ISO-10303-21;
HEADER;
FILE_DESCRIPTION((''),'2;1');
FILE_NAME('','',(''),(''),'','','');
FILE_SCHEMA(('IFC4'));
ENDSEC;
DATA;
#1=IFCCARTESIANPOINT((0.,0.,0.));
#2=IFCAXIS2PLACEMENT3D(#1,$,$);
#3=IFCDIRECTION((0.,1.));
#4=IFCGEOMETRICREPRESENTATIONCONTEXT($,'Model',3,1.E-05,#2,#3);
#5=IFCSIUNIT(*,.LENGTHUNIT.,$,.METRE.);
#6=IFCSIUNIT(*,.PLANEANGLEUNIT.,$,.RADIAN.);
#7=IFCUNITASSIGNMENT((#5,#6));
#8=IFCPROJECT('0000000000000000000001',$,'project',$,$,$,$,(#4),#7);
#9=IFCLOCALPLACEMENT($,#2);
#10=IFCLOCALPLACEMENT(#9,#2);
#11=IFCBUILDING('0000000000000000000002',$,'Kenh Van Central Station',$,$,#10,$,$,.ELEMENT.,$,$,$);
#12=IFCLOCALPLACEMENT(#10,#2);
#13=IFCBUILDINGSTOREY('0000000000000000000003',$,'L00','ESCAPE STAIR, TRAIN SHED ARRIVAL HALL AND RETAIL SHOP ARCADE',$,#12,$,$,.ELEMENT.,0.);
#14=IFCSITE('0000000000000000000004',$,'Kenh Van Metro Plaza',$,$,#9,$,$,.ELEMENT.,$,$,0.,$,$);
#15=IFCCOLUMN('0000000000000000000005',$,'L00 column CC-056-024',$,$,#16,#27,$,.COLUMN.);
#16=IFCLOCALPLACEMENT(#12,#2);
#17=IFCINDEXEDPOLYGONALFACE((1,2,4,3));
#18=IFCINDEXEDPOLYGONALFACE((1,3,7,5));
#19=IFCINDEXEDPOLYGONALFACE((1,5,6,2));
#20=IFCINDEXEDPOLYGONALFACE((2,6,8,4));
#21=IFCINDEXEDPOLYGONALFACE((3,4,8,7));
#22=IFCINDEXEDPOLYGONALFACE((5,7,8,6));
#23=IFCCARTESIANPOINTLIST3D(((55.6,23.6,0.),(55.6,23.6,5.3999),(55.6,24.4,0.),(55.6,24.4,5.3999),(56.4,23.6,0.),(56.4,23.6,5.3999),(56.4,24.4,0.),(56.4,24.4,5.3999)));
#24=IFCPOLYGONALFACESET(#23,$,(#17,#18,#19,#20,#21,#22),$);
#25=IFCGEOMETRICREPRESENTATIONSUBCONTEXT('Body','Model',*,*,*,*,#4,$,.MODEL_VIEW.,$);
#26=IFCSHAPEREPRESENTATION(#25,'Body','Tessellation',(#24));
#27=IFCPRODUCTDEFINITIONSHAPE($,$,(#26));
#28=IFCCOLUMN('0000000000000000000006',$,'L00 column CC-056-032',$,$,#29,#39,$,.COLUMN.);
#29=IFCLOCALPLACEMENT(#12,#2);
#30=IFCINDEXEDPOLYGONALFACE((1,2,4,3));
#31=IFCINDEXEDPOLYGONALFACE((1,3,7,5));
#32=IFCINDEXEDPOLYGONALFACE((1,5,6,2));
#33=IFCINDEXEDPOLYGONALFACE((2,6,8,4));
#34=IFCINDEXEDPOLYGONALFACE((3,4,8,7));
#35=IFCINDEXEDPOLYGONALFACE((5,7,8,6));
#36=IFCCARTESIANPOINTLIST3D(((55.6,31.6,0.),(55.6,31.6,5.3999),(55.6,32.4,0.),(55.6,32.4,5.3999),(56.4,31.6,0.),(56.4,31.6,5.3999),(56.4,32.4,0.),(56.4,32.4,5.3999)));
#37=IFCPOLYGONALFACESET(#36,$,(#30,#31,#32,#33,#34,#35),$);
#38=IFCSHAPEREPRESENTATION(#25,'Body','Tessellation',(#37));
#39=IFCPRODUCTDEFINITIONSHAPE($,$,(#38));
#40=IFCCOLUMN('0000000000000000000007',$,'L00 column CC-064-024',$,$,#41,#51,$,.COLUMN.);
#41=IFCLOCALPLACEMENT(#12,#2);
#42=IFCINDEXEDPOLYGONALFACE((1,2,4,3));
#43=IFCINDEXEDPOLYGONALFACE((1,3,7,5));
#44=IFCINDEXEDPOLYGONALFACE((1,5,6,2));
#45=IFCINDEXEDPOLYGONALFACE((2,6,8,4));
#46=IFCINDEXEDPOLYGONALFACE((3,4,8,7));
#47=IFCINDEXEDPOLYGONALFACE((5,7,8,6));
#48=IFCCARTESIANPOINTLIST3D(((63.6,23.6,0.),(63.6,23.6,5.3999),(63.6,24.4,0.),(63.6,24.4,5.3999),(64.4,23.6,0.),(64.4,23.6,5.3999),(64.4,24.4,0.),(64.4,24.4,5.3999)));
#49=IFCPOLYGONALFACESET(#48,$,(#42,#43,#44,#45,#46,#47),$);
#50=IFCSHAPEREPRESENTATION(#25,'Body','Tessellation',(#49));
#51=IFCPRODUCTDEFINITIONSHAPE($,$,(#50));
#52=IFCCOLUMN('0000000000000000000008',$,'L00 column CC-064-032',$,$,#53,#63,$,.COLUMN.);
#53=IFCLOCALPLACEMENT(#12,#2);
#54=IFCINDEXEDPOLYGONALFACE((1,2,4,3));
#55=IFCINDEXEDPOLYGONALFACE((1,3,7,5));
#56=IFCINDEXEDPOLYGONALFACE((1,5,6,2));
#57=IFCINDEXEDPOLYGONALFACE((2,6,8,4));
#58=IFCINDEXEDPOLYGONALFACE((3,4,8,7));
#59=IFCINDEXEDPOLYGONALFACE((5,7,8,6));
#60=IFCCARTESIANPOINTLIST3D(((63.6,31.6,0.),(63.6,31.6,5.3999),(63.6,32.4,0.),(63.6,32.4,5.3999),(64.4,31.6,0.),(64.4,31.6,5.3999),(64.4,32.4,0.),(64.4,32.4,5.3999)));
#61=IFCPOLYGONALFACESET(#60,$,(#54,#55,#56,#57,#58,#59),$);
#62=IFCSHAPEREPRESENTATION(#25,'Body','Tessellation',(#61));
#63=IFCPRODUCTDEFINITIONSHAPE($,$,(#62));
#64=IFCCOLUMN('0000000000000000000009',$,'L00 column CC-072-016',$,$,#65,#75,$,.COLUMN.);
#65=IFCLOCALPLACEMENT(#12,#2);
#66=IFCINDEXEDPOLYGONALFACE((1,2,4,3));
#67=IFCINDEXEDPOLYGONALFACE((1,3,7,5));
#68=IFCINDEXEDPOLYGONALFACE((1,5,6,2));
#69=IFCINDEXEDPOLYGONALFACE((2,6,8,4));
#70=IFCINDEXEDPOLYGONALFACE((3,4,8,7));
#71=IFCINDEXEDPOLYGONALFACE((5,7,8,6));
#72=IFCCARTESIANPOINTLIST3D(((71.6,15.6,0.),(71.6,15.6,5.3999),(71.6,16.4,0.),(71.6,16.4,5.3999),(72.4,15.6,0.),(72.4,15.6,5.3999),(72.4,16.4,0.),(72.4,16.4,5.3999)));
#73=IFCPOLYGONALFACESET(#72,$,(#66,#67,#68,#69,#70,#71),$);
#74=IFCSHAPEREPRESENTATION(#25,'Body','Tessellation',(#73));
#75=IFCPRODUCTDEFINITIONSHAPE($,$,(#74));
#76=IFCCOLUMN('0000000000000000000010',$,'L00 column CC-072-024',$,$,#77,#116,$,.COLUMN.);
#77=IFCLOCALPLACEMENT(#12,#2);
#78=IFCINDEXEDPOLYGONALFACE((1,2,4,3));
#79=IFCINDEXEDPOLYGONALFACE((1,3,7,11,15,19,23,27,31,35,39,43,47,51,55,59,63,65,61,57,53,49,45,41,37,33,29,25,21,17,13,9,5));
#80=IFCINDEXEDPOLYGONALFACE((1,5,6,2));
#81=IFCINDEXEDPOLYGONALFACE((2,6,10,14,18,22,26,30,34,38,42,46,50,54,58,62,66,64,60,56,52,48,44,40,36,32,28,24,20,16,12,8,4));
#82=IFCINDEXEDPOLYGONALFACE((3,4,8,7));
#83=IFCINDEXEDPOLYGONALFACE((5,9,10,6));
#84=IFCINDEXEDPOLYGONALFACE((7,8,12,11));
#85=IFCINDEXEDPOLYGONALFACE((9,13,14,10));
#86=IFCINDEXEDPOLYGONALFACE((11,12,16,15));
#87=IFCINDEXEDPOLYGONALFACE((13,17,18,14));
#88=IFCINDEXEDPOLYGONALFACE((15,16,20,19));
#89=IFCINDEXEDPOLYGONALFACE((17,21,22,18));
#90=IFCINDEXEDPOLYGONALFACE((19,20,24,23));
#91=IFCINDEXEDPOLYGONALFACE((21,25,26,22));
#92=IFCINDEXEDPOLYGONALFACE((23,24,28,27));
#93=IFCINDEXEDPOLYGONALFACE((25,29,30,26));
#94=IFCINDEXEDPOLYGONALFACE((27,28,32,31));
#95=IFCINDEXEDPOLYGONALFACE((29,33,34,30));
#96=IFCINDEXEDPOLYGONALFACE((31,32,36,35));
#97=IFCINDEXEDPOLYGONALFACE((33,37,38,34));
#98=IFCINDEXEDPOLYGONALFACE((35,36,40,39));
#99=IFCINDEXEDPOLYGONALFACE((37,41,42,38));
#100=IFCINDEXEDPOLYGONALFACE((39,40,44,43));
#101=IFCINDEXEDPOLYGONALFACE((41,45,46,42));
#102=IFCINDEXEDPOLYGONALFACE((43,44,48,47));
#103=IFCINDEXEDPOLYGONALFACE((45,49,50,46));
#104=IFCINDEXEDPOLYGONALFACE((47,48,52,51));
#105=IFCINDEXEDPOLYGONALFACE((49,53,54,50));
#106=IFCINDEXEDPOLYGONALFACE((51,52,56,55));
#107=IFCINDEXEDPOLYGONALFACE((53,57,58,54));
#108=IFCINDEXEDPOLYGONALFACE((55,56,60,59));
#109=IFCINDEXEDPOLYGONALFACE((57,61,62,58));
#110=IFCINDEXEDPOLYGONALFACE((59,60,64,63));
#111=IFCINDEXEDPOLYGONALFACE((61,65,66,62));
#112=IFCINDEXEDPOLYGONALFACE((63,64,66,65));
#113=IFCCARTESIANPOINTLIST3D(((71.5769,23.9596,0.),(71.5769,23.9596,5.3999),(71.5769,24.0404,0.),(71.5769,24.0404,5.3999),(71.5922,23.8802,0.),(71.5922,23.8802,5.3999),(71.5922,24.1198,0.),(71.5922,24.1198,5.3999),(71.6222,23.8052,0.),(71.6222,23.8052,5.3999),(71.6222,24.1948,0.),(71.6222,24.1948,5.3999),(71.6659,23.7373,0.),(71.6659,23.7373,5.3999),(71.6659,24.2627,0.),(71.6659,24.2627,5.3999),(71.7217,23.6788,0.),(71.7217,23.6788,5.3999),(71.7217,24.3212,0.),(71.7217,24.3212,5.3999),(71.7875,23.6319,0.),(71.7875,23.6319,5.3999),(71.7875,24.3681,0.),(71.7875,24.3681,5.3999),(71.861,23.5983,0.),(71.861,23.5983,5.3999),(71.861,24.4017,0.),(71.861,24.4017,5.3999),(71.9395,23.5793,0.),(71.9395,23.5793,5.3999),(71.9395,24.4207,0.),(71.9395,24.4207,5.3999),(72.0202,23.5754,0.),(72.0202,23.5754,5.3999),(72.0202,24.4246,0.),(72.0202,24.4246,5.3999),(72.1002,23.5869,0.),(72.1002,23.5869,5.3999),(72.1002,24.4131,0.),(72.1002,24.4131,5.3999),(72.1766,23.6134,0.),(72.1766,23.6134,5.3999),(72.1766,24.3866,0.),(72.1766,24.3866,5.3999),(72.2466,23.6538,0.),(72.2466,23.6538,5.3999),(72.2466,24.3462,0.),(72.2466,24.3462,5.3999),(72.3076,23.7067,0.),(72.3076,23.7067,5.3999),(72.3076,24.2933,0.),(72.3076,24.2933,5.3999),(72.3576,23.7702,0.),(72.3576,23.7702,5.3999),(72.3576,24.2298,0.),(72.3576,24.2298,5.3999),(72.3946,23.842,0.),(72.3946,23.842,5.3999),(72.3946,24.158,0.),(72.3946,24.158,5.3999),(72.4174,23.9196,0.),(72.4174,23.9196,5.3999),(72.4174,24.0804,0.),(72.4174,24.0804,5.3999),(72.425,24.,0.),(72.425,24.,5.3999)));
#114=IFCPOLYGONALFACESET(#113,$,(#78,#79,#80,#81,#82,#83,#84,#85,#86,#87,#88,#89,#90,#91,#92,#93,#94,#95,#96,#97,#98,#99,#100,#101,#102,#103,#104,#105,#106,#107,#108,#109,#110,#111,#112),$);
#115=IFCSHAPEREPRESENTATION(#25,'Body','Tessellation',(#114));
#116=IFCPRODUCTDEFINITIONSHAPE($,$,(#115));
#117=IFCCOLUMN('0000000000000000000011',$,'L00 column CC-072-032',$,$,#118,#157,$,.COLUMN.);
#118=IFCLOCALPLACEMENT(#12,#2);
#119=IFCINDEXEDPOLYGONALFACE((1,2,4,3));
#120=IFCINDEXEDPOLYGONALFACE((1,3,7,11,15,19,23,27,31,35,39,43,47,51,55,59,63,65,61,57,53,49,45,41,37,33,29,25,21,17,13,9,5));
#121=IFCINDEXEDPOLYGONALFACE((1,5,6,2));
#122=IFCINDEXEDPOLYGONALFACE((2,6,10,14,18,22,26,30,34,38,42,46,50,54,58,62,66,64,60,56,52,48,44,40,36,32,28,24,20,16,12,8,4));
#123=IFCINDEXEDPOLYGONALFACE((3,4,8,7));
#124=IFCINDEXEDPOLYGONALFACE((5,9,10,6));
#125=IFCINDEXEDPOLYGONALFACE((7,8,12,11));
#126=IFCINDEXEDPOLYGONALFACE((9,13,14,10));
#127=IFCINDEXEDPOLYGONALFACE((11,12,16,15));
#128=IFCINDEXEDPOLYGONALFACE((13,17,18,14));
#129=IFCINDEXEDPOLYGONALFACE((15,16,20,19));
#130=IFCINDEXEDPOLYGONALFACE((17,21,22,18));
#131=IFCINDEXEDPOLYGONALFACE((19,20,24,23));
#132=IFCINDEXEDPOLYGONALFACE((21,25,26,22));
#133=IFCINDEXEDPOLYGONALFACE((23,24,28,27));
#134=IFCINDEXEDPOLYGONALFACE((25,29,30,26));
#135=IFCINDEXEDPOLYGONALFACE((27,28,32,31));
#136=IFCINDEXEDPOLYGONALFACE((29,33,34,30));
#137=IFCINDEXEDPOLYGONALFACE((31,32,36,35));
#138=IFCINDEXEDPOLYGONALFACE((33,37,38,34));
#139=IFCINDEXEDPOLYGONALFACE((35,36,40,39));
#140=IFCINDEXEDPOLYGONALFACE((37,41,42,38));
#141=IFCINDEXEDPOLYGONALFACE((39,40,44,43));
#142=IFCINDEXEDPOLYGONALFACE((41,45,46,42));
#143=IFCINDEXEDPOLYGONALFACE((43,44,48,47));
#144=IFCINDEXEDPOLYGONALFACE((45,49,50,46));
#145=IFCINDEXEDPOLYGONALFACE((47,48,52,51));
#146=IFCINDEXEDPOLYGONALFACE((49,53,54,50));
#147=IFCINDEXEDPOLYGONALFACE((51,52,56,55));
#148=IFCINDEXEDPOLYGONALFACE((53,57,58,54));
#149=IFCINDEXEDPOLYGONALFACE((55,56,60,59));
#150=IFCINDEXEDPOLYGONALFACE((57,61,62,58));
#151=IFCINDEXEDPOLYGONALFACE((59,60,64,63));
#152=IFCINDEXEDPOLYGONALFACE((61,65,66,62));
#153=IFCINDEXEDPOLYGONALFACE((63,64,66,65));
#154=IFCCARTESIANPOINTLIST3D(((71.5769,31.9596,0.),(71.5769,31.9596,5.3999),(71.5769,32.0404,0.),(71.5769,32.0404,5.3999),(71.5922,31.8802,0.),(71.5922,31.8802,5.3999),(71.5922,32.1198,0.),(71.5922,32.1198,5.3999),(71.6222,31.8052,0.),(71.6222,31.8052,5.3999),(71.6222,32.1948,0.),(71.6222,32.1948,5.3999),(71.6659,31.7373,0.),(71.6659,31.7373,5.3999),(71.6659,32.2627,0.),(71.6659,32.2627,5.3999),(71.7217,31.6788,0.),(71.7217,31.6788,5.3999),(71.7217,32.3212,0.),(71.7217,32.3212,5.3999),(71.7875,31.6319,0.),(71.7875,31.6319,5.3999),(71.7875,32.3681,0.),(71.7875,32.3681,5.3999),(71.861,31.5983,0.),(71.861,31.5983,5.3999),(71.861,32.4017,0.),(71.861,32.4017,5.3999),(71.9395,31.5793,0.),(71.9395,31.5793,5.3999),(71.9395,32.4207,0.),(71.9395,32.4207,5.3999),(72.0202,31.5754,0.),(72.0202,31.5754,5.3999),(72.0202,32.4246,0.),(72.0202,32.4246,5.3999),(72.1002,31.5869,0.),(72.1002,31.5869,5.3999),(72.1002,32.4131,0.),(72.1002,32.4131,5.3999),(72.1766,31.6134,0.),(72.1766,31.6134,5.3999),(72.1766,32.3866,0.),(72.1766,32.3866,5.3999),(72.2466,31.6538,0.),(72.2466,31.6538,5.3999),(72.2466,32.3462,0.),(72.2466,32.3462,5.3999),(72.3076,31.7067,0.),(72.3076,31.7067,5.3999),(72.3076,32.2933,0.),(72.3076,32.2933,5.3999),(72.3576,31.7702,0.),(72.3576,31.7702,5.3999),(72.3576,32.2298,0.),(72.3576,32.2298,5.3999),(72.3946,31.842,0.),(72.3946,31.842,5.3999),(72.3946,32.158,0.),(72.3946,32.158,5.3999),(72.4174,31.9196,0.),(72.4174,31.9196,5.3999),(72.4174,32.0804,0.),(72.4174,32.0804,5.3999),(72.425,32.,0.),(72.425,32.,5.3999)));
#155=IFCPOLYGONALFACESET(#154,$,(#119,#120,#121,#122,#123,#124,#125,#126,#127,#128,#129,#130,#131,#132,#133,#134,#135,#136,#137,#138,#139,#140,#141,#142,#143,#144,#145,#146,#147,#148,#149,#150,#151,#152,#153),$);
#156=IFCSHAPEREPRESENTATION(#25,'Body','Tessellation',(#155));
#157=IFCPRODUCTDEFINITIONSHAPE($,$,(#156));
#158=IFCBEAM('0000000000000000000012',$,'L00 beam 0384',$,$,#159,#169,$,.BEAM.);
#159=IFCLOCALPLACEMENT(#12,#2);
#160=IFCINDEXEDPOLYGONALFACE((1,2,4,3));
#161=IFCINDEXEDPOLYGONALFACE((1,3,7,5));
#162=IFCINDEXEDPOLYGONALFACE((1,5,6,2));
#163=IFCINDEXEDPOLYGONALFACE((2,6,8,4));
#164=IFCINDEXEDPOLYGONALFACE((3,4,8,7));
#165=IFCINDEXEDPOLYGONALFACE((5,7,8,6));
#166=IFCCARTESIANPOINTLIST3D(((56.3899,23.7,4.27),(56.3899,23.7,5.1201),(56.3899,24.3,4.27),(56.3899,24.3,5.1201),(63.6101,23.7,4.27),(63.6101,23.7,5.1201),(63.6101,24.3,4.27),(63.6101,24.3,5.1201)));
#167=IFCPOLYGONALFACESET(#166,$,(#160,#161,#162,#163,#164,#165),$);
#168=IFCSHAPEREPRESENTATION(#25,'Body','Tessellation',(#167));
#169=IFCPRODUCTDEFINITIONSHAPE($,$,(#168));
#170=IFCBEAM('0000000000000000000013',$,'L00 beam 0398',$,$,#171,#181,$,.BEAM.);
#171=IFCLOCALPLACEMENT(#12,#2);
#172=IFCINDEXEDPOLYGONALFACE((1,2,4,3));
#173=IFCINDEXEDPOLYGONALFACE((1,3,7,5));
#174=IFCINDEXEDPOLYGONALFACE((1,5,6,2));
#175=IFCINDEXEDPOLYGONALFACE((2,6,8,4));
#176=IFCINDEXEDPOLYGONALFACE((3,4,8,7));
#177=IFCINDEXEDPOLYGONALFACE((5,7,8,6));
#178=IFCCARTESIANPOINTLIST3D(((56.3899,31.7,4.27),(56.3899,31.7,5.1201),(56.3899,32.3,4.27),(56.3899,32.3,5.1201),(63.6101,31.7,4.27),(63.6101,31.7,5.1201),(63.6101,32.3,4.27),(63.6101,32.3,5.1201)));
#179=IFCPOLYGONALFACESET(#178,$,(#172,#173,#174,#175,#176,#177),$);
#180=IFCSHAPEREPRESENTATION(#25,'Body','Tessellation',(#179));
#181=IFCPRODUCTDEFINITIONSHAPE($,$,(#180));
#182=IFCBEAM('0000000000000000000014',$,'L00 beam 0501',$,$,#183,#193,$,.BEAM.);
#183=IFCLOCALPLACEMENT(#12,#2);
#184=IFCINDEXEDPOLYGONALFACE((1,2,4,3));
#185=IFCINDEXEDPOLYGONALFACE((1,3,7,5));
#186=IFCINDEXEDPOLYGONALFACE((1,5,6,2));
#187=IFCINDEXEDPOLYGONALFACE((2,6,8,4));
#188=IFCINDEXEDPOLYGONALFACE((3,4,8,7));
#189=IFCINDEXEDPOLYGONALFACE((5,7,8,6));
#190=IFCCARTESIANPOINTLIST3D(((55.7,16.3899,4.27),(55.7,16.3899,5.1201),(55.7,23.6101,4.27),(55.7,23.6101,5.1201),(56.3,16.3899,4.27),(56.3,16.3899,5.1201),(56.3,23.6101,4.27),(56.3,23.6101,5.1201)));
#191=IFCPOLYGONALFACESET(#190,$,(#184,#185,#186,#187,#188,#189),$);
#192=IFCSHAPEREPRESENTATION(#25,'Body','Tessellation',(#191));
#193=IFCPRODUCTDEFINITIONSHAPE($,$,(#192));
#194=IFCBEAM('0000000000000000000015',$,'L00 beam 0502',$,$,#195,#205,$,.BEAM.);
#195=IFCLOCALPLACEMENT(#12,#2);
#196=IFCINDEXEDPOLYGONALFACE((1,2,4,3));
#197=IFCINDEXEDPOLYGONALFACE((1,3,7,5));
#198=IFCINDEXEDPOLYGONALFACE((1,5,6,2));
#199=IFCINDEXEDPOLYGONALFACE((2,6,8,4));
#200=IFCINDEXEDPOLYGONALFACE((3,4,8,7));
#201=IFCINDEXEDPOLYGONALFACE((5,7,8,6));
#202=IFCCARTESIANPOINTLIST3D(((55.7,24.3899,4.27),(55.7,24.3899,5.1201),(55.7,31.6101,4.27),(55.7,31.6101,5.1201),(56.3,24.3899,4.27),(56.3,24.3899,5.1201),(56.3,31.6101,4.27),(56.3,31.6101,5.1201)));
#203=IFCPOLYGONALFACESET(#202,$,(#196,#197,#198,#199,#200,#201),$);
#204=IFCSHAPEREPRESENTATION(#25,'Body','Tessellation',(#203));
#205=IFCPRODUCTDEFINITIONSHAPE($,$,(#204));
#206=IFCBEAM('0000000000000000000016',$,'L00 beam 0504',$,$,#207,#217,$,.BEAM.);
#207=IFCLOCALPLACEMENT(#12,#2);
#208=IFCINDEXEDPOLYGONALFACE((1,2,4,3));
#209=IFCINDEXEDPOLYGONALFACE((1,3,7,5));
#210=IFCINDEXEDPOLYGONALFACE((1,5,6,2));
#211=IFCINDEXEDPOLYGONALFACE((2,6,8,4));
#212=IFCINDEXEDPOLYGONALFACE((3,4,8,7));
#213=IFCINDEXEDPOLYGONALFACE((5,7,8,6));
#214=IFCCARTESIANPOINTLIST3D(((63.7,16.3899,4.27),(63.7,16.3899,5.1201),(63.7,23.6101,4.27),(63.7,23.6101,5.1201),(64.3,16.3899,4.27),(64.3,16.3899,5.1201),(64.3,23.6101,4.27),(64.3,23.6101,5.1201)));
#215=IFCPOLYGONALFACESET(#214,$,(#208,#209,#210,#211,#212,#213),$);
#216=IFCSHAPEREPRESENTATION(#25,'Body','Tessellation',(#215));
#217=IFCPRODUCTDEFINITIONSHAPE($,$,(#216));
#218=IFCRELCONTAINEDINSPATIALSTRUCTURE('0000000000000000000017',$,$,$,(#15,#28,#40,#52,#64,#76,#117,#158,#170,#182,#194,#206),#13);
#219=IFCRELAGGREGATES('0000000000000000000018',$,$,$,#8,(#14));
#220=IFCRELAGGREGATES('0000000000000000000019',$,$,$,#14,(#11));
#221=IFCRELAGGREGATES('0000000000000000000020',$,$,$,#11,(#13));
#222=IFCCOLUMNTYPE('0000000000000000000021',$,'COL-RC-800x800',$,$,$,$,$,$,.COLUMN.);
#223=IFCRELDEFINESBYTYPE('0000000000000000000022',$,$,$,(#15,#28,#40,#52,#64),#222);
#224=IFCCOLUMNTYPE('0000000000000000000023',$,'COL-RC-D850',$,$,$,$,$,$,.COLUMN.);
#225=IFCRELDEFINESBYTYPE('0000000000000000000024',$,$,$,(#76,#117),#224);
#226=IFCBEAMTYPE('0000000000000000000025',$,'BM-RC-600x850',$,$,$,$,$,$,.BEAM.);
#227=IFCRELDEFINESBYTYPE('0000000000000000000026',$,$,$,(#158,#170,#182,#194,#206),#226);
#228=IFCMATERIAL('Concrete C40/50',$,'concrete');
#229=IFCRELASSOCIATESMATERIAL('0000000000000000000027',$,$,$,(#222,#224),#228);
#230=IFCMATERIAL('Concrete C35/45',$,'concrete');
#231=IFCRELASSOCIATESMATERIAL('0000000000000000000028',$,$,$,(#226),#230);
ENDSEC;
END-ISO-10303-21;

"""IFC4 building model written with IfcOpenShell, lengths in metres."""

from ifc_helpers import new_model, si_unit, direction, frame, origin, origin_2d, place, context, subcontext, project, spatial, rectangle, circle, extrude, material, material_profile, profile_set, type_object, element, save


model = new_model("IFC4")

# Units and contexts
model_context = context("Model", 3, precision=1e-05, world=origin(), true_north=direction((0.0, 1.0)))
body_context = subcontext(model_context, "Body", "Model", "MODEL_VIEW")
ifc_project = project(units=[si_unit("LENGTHUNIT", "METRE"), si_unit("PLANEANGLEUNIT", "RADIAN")], contexts=[model_context])

# Site, building, storey
site_placement = place(None, origin())
site = spatial("IfcSite", under=ifc_project, at=site_placement, Name="Kenh Van Metro Plaza", CompositionType="ELEMENT", RefElevation=0.0)
building_placement = place(site_placement, origin())
building = spatial("IfcBuilding", under=site, at=building_placement, Name="Kenh Van Central Station", CompositionType="ELEMENT")
storey_placement = place(building_placement, origin())
storey = spatial("IfcBuildingStorey", under=building, at=storey_placement, Name="L00", Description="ESCAPE STAIR, TRAIN SHED ARRIVAL HALL AND RETAIL SHOP ARCADE", CompositionType="ELEMENT", Elevation=0.0)

# Columns
ifc_material_1 = material(Name="Concrete C40/50", Category="concrete")
ifc_material_profile_1 = material_profile(ifc_material_1, rectangle(XDim=0.8, YDim=0.8, at=origin_2d()), Name="RC 800x800")
ifc_profile_set_1 = profile_set([ifc_material_profile_1], Name="Concrete C40/50")
column_type_1 = type_object("IfcColumnType", Name="COL-RC-800x800", PredefinedType="COLUMN", material=ifc_profile_set_1)
for number, where, z_axis, x_axis, name in (
    (1, (56.0, 24.0, 0.0), (0.0, 0.0, 1.0), (1.0, 0.0, 0.0), "L00 column CC-056-024"),
    (2, (56.0, 32.0, 0.0), (0.0, 0.0, 1.0), (1.0, 0.0, 0.0), "L00 column CC-056-032"),
    (3, (64.0, 24.0, 0.0), (0.0, 0.0, 1.0), (1.0, 0.0, 0.0), "L00 column CC-064-024"),
    (4, (64.0, 32.0, 0.0), (0.0, 0.0, 1.0), (1.0, 0.0, 0.0), "L00 column CC-064-032"),
    (5, (72.0, 16.0, 0.0), (0.0, 0.0, 1.0), (1.0, 0.0, 0.0), "L00 column CC-072-016"),
):
    element("IfcColumn", number, at=place(storey_placement, frame(where, z_axis=z_axis, x_axis=x_axis)), inside=storey, type_object=column_type_1, Name=name, PredefinedType="COLUMN", context=body_context, shape_type="SweptSolid", body=[
        extrude(rectangle(XDim=0.8, YDim=0.8, at=origin_2d()), origin(), (0.0, 0.0, 1.0), 5.3999),
    ])
ifc_material_profile_2 = material_profile(ifc_material_1, circle(Radius=0.425, at=origin_2d()), Name="RC D850")
ifc_profile_set_2 = profile_set([ifc_material_profile_2], Name="Concrete C40/50")
column_type_2 = type_object("IfcColumnType", Name="COL-RC-D850", PredefinedType="COLUMN", material=ifc_profile_set_2)
for number, where, z_axis, x_axis, name in (
    (6, (72.0, 24.0, 0.0), (0.0, 0.0, 1.0), (1.0, 0.0, 0.0), "L00 column CC-072-024"),
    (7, (72.0, 32.0, 0.0), (0.0, 0.0, 1.0), (1.0, 0.0, 0.0), "L00 column CC-072-032"),
):
    element("IfcColumn", number, at=place(storey_placement, frame(where, z_axis=z_axis, x_axis=x_axis)), inside=storey, type_object=column_type_2, Name=name, PredefinedType="COLUMN", context=body_context, shape_type="SweptSolid", body=[
        extrude(circle(Radius=0.425, at=origin_2d()), origin(), (0.0, 0.0, 1.0), 5.3999),
    ])

# Beams
ifc_material_2 = material(Name="Concrete C35/45", Category="concrete")
ifc_material_profile_3 = material_profile(ifc_material_2, rectangle(XDim=0.6001, YDim=0.8501, at=origin_2d()), Name="RC 600x850")
ifc_profile_set_3 = profile_set([ifc_material_profile_3], Name="Concrete C35/45")
beam_type_1 = type_object("IfcBeamType", Name="BM-RC-600x850", PredefinedType="BEAM", material=ifc_profile_set_3)
for number, where, z_axis, x_axis, name in (
    (8, (56.3899, 24.0, 4.6951), (1.0, 0.0, 0.0), (0.0, 1.0, 0.0), "L00 beam 0384"),
    (9, (56.3899, 32.0, 4.6951), (1.0, 0.0, 0.0), (0.0, 1.0, 0.0), "L00 beam 0398"),
    (10, (56.0, 16.3899, 4.6951), (0.0, 1.0, 0.0), (-1.0, 0.0, 0.0), "L00 beam 0501"),
    (11, (56.0, 24.3899, 4.6951), (0.0, 1.0, 0.0), (-1.0, 0.0, 0.0), "L00 beam 0502"),
    (12, (64.0, 16.3899, 4.6951), (0.0, 1.0, 0.0), (-1.0, 0.0, 0.0), "L00 beam 0504"),
):
    element("IfcBeam", number, at=place(storey_placement, frame(where, z_axis=z_axis, x_axis=x_axis)), inside=storey, type_object=beam_type_1, Name=name, PredefinedType="BEAM", context=body_context, shape_type="SweptSolid", body=[
        extrude(rectangle(XDim=0.6001, YDim=0.8501, at=origin_2d()), origin(), (0.0, 0.0, 1.0), 7.2202),
    ])

save(model, "model.ifc")
